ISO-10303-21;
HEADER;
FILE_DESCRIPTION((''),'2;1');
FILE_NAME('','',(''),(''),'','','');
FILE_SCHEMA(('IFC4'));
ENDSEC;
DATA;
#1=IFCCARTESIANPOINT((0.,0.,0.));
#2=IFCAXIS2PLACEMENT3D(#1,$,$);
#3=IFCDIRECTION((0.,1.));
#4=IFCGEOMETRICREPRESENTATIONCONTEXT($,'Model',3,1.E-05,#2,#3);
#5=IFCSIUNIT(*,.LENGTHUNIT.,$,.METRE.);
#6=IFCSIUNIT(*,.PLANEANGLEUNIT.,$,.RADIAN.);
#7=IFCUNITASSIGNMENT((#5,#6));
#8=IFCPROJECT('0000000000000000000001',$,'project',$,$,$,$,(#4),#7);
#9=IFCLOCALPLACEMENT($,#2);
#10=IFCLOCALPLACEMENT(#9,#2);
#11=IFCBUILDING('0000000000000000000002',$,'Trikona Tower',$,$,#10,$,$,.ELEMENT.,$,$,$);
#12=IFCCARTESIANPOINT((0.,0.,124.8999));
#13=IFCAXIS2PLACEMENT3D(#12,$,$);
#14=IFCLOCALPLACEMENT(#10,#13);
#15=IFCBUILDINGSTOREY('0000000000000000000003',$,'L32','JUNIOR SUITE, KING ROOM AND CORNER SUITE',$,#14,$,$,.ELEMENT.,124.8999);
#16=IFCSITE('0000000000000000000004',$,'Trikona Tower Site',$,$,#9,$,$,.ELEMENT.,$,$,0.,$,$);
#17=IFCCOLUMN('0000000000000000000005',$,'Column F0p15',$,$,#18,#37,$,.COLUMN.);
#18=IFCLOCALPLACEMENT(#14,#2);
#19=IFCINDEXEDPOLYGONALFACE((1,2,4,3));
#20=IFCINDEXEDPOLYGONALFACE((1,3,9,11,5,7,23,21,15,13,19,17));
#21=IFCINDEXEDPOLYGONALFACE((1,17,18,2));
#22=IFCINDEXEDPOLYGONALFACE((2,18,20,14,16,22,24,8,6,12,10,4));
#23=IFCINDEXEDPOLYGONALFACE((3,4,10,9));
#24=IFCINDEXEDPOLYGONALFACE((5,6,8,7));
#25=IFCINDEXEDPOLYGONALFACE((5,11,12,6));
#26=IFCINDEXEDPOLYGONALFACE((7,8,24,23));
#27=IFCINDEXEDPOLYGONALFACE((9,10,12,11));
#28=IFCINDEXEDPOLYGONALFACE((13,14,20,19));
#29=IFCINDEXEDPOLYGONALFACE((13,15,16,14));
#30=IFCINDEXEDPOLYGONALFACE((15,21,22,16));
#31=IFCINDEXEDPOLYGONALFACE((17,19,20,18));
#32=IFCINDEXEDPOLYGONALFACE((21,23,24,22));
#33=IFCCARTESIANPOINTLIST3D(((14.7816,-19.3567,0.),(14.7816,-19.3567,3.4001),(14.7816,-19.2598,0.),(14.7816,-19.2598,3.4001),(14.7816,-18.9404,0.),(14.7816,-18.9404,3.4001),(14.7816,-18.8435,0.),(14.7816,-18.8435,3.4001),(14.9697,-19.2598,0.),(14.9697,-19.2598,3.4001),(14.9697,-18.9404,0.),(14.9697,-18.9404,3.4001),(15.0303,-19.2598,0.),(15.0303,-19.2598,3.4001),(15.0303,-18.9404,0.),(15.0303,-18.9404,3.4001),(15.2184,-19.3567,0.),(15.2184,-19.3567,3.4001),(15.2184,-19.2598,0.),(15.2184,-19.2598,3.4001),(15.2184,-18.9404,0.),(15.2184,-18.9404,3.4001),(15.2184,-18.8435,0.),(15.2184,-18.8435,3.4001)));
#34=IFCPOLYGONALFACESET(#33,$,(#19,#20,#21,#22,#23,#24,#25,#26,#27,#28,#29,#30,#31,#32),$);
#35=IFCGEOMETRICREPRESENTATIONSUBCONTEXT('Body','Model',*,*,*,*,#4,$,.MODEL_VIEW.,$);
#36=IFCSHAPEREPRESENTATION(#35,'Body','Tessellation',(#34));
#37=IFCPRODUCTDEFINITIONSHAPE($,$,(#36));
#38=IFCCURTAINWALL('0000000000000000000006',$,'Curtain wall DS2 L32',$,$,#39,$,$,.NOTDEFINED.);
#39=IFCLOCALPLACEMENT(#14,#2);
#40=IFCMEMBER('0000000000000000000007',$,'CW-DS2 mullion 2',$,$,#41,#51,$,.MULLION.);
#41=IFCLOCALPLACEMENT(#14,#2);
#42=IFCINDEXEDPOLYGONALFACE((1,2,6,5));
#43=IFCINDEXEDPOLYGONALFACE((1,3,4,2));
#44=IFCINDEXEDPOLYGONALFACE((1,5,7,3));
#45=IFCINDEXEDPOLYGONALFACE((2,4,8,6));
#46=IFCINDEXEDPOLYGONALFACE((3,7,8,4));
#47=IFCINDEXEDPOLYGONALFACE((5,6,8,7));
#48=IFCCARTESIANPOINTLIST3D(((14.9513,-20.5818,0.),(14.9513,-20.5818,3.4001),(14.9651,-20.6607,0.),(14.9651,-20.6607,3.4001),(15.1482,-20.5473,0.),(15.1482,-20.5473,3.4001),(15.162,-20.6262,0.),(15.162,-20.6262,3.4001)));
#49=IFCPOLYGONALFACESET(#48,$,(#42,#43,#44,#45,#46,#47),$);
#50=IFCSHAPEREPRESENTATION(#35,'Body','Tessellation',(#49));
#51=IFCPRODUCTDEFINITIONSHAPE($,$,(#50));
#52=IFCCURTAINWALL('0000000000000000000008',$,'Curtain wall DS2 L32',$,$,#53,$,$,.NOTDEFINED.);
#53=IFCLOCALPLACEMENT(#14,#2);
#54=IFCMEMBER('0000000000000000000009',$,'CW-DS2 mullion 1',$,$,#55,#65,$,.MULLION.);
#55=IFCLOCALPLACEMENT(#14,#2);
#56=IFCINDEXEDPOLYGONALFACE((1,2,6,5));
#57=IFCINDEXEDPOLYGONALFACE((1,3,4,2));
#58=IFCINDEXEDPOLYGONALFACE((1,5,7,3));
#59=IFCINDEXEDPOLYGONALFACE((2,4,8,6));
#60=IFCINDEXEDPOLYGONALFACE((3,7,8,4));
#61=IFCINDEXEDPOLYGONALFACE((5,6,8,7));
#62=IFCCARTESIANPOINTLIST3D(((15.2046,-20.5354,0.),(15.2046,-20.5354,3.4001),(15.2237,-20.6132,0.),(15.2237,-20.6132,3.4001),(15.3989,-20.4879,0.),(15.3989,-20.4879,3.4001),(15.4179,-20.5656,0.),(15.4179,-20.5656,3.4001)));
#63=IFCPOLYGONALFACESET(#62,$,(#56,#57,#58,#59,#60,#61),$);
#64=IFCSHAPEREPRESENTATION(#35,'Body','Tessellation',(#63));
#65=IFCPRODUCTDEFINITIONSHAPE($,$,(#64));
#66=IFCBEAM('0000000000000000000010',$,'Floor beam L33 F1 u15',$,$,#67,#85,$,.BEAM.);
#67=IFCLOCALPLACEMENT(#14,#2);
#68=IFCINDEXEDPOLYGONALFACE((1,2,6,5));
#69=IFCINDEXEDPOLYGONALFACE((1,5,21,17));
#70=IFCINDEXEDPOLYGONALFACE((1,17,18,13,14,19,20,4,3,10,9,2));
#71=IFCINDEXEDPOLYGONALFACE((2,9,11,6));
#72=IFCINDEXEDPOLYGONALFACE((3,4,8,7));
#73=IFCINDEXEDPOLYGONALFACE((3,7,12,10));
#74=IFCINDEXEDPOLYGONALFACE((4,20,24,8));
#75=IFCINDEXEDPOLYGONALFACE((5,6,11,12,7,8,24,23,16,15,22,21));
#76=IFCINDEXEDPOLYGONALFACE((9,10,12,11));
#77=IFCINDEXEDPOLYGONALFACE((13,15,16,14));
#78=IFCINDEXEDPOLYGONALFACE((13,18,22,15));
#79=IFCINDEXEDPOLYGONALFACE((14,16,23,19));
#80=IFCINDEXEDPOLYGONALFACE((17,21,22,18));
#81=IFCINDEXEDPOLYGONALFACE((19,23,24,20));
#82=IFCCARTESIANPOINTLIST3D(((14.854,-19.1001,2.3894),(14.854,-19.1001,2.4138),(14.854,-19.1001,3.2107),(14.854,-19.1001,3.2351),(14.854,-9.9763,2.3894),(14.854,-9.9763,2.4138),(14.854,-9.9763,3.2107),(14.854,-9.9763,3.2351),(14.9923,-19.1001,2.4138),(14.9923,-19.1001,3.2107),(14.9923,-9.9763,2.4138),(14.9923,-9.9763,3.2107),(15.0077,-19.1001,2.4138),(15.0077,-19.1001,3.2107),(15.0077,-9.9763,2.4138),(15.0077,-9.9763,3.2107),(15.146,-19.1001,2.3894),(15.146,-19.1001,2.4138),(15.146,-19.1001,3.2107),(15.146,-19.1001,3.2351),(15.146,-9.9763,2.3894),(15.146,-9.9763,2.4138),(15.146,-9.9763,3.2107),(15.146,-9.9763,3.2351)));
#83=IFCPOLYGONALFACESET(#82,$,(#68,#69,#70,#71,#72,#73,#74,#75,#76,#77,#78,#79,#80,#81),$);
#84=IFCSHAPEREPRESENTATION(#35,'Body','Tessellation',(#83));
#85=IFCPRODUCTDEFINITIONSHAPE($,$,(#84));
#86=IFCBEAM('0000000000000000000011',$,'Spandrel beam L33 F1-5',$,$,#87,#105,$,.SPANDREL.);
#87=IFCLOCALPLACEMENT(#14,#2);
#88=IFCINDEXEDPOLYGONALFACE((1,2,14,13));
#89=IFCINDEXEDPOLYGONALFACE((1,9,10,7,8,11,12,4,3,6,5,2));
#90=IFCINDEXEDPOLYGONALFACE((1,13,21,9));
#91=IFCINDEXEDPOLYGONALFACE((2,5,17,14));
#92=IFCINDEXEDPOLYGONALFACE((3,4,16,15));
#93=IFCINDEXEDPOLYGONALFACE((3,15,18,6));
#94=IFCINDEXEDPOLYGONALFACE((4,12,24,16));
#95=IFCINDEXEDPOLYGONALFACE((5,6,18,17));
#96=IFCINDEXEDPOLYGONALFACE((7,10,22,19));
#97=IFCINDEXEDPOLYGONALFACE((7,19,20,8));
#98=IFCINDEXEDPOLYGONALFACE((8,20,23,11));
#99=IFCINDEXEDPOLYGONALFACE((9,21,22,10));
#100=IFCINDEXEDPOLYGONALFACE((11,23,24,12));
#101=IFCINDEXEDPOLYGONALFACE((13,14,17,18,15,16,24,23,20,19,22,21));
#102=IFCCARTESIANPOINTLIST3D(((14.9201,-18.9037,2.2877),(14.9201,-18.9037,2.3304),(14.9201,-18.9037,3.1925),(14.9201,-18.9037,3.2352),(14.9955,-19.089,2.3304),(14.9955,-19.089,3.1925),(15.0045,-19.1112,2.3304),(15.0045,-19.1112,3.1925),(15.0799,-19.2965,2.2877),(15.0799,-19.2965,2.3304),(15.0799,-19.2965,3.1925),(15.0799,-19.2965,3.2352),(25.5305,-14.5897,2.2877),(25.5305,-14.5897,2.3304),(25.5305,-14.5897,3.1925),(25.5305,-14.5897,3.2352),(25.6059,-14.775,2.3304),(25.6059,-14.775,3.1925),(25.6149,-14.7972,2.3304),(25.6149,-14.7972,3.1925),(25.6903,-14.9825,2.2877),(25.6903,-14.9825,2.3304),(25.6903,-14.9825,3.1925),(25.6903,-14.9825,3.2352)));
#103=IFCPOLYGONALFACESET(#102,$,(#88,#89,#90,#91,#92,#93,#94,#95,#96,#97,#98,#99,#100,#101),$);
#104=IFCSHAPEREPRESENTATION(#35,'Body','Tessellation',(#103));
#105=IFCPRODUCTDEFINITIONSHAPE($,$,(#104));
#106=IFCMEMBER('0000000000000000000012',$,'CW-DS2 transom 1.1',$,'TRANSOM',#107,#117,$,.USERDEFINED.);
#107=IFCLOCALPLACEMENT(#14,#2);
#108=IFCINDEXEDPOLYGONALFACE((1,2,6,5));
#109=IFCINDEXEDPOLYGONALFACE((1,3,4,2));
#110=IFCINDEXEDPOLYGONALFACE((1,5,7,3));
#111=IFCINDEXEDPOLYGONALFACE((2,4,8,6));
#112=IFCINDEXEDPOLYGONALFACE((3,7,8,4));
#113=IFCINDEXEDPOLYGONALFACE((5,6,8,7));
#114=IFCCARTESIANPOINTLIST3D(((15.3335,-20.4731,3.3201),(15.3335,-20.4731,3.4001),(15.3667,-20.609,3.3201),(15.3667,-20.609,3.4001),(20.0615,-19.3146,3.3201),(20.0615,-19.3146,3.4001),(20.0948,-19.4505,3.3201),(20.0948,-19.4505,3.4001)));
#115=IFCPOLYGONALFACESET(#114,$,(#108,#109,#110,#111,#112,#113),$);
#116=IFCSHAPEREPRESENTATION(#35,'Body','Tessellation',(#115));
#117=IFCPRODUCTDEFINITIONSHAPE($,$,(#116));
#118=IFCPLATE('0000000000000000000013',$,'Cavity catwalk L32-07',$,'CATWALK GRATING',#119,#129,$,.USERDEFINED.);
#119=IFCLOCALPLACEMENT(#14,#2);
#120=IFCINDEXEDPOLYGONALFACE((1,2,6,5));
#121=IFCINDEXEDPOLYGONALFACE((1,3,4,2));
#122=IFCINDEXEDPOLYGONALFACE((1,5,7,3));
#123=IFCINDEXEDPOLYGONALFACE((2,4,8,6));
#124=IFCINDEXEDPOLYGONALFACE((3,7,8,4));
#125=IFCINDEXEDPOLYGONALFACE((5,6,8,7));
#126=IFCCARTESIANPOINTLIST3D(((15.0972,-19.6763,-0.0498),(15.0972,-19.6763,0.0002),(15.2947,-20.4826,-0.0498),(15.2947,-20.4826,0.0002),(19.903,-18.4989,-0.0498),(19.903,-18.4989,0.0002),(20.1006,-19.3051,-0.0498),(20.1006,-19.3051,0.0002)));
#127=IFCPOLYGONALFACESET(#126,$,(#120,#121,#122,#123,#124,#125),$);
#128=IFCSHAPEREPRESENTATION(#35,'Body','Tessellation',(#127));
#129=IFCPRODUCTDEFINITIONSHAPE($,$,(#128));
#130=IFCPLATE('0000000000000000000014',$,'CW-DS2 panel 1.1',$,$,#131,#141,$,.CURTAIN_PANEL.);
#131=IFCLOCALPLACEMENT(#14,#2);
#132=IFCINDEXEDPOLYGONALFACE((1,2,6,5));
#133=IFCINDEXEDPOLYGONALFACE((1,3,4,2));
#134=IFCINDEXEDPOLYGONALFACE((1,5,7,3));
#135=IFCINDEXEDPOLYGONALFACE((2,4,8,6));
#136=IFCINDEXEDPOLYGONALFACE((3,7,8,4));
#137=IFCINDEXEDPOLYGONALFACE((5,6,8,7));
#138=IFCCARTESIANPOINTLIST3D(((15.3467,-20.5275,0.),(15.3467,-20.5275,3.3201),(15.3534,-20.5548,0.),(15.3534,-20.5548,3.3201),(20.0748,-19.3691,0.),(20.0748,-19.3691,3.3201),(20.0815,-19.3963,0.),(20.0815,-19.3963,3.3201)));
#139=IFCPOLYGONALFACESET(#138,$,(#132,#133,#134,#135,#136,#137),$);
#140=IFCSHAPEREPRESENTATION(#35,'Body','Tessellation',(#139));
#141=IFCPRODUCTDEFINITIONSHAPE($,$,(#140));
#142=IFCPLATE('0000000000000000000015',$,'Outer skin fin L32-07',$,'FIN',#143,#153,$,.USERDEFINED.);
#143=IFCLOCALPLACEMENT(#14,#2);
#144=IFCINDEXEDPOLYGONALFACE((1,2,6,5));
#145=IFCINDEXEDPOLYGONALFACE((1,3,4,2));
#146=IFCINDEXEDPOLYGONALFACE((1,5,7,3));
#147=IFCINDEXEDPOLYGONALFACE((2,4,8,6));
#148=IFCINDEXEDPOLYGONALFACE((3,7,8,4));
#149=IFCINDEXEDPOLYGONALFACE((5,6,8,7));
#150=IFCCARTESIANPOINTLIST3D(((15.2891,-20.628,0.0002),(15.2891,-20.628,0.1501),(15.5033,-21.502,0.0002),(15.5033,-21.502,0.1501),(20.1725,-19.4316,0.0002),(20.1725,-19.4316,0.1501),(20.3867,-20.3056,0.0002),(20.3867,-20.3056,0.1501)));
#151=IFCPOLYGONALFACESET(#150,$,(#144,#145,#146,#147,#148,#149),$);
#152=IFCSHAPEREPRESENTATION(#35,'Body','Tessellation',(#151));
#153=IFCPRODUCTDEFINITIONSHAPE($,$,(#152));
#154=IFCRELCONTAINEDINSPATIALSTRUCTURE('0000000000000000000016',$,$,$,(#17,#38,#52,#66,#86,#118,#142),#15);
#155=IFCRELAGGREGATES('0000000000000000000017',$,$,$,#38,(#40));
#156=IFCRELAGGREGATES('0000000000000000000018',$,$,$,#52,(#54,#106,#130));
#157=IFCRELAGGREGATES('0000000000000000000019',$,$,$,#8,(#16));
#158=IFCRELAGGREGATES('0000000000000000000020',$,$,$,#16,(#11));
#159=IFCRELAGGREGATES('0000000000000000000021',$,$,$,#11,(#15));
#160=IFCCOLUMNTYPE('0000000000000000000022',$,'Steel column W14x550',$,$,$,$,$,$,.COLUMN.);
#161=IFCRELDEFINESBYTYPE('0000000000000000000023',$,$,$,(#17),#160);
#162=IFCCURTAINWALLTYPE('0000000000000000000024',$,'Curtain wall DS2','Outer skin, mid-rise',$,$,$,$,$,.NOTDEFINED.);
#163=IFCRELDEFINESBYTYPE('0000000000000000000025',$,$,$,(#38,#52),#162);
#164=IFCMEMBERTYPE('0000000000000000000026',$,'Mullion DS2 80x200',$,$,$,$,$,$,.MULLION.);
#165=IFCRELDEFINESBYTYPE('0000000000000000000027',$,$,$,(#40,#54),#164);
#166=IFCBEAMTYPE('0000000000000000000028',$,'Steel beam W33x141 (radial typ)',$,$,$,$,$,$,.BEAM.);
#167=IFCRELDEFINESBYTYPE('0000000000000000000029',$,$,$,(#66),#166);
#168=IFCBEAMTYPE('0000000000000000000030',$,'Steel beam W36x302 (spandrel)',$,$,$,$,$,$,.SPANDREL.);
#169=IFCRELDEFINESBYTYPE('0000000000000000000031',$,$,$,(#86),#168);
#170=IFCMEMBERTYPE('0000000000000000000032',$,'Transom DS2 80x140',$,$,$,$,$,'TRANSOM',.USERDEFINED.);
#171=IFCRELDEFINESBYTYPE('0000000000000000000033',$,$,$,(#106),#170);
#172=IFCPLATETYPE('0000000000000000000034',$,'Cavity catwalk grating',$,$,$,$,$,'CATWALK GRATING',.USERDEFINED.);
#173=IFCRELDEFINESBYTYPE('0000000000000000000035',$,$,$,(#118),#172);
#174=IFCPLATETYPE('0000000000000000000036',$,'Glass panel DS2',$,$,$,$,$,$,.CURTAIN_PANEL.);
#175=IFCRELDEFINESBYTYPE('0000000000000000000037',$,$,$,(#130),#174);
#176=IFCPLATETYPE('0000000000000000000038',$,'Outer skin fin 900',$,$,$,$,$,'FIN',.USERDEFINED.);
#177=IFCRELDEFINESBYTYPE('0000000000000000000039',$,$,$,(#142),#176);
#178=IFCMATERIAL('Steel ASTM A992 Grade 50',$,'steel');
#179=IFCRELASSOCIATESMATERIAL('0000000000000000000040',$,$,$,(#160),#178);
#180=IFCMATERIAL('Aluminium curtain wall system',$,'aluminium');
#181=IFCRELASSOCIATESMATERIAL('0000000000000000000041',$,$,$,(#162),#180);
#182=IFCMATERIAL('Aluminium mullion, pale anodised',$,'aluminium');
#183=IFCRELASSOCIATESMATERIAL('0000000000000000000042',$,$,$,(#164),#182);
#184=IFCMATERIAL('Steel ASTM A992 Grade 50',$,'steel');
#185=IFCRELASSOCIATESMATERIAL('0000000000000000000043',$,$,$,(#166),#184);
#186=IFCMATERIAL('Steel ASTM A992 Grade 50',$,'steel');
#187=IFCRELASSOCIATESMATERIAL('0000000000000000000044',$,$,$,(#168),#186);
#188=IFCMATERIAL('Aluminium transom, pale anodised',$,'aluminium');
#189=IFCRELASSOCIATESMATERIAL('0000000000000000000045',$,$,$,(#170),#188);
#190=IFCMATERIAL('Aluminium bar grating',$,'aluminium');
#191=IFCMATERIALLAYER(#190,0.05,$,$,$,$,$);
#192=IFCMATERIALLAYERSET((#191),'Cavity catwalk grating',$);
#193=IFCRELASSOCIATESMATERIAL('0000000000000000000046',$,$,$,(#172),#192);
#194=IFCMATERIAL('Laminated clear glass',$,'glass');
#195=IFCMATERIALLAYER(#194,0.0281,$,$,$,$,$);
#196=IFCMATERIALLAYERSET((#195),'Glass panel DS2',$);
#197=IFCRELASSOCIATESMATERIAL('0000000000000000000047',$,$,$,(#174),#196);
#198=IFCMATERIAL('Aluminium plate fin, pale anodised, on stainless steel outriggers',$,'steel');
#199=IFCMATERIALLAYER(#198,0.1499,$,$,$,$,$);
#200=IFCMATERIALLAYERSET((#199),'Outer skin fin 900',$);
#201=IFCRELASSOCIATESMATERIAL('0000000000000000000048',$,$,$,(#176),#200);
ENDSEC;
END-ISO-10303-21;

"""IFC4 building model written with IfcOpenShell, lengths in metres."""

from ifc_helpers import new_model, si_unit, direction, frame, origin, origin_2d, place, context, subcontext, project, spatial, rectangle, i_section, extrude, material, layer, layer_set, material_profile, profile_set, type_object, element, aggregate, save


model = new_model("IFC4")

# Units and contexts
model_context = context("Model", 3, precision=1e-05, world=origin(), true_north=direction((0.0, 1.0)))
body_context = subcontext(model_context, "Body", "Model", "MODEL_VIEW")
ifc_project = project(units=[si_unit("LENGTHUNIT", "METRE"), si_unit("PLANEANGLEUNIT", "RADIAN")], contexts=[model_context])

# Site, building, storey
site_placement = place(None, origin())
site = spatial("IfcSite", under=ifc_project, at=site_placement, Name="Trikona Tower Site", CompositionType="ELEMENT", RefElevation=0.0)
building_placement = place(site_placement, origin())
building = spatial("IfcBuilding", under=site, at=building_placement, Name="Trikona Tower", CompositionType="ELEMENT")
storey_placement = place(building_placement, frame((0.0, 0.0, 124.8999)))
storey = spatial("IfcBuildingStorey", under=building, at=storey_placement, Name="L32", Description="JUNIOR SUITE, KING ROOM AND CORNER SUITE", CompositionType="ELEMENT", Elevation=124.8999)

# Column
ifc_material_1 = material(Name="Steel ASTM A992 Grade 50", Category="steel")
ifc_material_profile_1 = material_profile(ifc_material_1, i_section(OverallWidth=0.4368, OverallDepth=0.5132, WebThickness=0.0605, FlangeThickness=0.0969, at=origin_2d()), Name="W14X550")
ifc_profile_set_1 = profile_set([ifc_material_profile_1], Name="Steel ASTM A992 Grade 50")
column_type = type_object("IfcColumnType", Name="Steel column W14x550", PredefinedType="COLUMN", material=ifc_profile_set_1)
column_placement = place(storey_placement, frame((15.0, -19.1001, 0.0), z_axis=(0.0, 0.0, 1.0), x_axis=(1.0, 0.0, 0.0)))
element("IfcColumn", 1, at=column_placement, inside=storey, type_object=column_type, Name="Column F0p15", PredefinedType="COLUMN", context=body_context, shape_type="SweptSolid", body=[
    extrude(i_section(OverallWidth=0.4368, OverallDepth=0.5132, WebThickness=0.0605, FlangeThickness=0.0969, at=origin_2d()), origin(), (0.0, 0.0, 1.0), 3.4001),
])

# Curtain walls, members
ifc_material_2 = material(Name="Aluminium curtain wall system", Category="aluminium")
curtain_wall_type = type_object("IfcCurtainWallType", Name="Curtain wall DS2", Description="Outer skin, mid-rise", PredefinedType="NOTDEFINED", material=ifc_material_2)
curtain_wall_1_placement = place(storey_placement, origin())
curtain_wall_1 = element("IfcCurtainWall", 2, at=curtain_wall_1_placement, inside=storey, type_object=curtain_wall_type, Name="Curtain wall DS2 L32", PredefinedType="NOTDEFINED")
ifc_material_3 = material(Name="Aluminium mullion, pale anodised", Category="aluminium")
ifc_material_profile_2 = material_profile(ifc_material_3, rectangle(XDim=0.0801, YDim=0.2, at=origin_2d()), Name="MUL-DS2")
ifc_profile_set_2 = profile_set([ifc_material_profile_2], Name="Aluminium mullion, pale anodised")
member_type_1 = type_object("IfcMemberType", Name="Mullion DS2 80x200", PredefinedType="MULLION", material=ifc_profile_set_2)
member_1_placement = place(storey_placement, frame((15.0566, -20.604, 0.0), z_axis=(0.0, 0.0, 1.0), x_axis=(-0.172377, 0.985031, 0.0)))
member_1 = element("IfcMember", 3, at=member_1_placement, type_object=member_type_1, Name="CW-DS2 mullion 2", PredefinedType="MULLION", context=body_context, shape_type="SweptSolid", body=[
    extrude(rectangle(XDim=0.0801, YDim=0.2, at=origin_2d()), origin(), (0.0, 0.0, 1.0), 3.4001),
])
aggregate(curtain_wall_1, [member_1])
curtain_wall_2_placement = place(storey_placement, origin())
curtain_wall_2 = element("IfcCurtainWall", 4, at=curtain_wall_2_placement, inside=storey, type_object=curtain_wall_type, Name="Curtain wall DS2 L32", PredefinedType="NOTDEFINED")
member_2_placement = place(storey_placement, frame((15.3113, -20.5505, 0.0), z_axis=(0.0, 0.0, 1.0), x_axis=(-0.23797, 0.971272, 0.0)))
member_2 = element("IfcMember", 5, at=member_2_placement, type_object=member_type_1, Name="CW-DS2 mullion 1", PredefinedType="MULLION", context=body_context, shape_type="SweptSolid", body=[
    extrude(rectangle(XDim=0.0801, YDim=0.2, at=origin_2d()), origin(), (0.0, 0.0, 1.0), 3.4001),
])

# Beams
ifc_material_4 = material(Name="Steel ASTM A992 Grade 50", Category="steel")
ifc_material_profile_3 = material_profile(ifc_material_4, i_section(OverallWidth=0.292, OverallDepth=0.8457, WebThickness=0.0154, FlangeThickness=0.0244, at=origin_2d()), Name="W33X141")
ifc_profile_set_3 = profile_set([ifc_material_profile_3], Name="Steel ASTM A992 Grade 50")
beam_type_1 = type_object("IfcBeamType", Name="Steel beam W33x141 (radial typ)", PredefinedType="BEAM", material=ifc_profile_set_3)
beam_1_placement = place(storey_placement, frame((15.0, -9.9763, 2.8123), z_axis=(0.0, -1.0, 0.0), x_axis=(1.0, 0.0, 0.0)))
element("IfcBeam", 6, at=beam_1_placement, inside=storey, type_object=beam_type_1, Name="Floor beam L33 F1 u15", PredefinedType="BEAM", context=body_context, shape_type="SweptSolid", body=[
    extrude(i_section(OverallWidth=0.292, OverallDepth=0.8457, WebThickness=0.0154, FlangeThickness=0.0244, at=origin_2d()), origin(), (0.0, 0.0, 1.0), 9.1238),
])
ifc_material_5 = material(Name="Steel ASTM A992 Grade 50", Category="steel")
ifc_material_profile_4 = material_profile(ifc_material_5, i_section(OverallWidth=0.4241, OverallDepth=0.9475, WebThickness=0.0239, FlangeThickness=0.0427, at=origin_2d()), Name="W36X302")
ifc_profile_set_4 = profile_set([ifc_material_profile_4], Name="Steel ASTM A992 Grade 50")
beam_type_2 = type_object("IfcBeamType", Name="Steel beam W36x302 (spandrel)", PredefinedType="SPANDREL", material=ifc_profile_set_4)
beam_2_placement = place(storey_placement, frame((15.0, -19.1001, 2.7615), z_axis=(0.92636, 0.37664, 0.0), x_axis=(-0.37664, 0.92636, 0.0)))
element("IfcBeam", 7, at=beam_2_placement, inside=storey, type_object=beam_type_2, Name="Spandrel beam L33 F1-5", PredefinedType="SPANDREL", context=body_context, shape_type="SweptSolid", body=[
    extrude(i_section(OverallWidth=0.4241, OverallDepth=0.9475, WebThickness=0.0239, FlangeThickness=0.0427, at=origin_2d()), origin(), (0.0, 0.0, 1.0), 11.4539),
])

# Member
ifc_material_6 = material(Name="Aluminium transom, pale anodised", Category="aluminium")
ifc_material_profile_5 = material_profile(ifc_material_6, rectangle(XDim=0.1399, YDim=0.0801, at=origin_2d()), Name="TRN-DS2")
ifc_profile_set_5 = profile_set([ifc_material_profile_5], Name="Aluminium transom, pale anodised")
member_type_2 = type_object("IfcMemberType", Name="Transom DS2 80x140", ElementType="TRANSOM", PredefinedType="USERDEFINED", material=ifc_profile_set_5)
member_3_placement = place(storey_placement, frame((15.3501, -20.541, 3.3601), z_axis=(0.971271, 0.237978, 0.0), x_axis=(-0.237978, 0.971271, 0.0)))
member_3 = element("IfcMember", 8, at=member_3_placement, type_object=member_type_2, Name="CW-DS2 transom 1.1", ObjectType="TRANSOM", PredefinedType="USERDEFINED", context=body_context, shape_type="SweptSolid", body=[
    extrude(rectangle(XDim=0.1399, YDim=0.0801, at=origin_2d()), origin(), (0.0, 0.0, 1.0), 4.8679),
])

# Plates
ifc_material_7 = material(Name="Aluminium bar grating", Category="aluminium")
ifc_layer_1 = layer(ifc_material_7, 0.05)
ifc_layer_set_1 = layer_set([ifc_layer_1], Name="Cavity catwalk grating")
plate_type_1 = type_object("IfcPlateType", Name="Cavity catwalk grating", ElementType="CATWALK GRATING", PredefinedType="USERDEFINED", material=ifc_layer_set_1)
plate_1_placement = place(storey_placement, frame((17.5989, -19.4907, -0.0498), z_axis=(0.0, 0.0, 1.0), x_axis=(0.971274, 0.237962, 0.0)))
element("IfcPlate", 9, at=plate_1_placement, inside=storey, type_object=plate_type_1, Name="Cavity catwalk L32-07", ObjectType="CATWALK GRATING", PredefinedType="USERDEFINED", context=body_context, shape_type="SweptSolid", body=[
    extrude(rectangle(XDim=4.948, YDim=0.8301, at=origin_2d()), origin(), (0.0, 0.0, 1.0), 0.05),
])
ifc_material_8 = material(Name="Laminated clear glass", Category="glass")
ifc_layer_2 = layer(ifc_material_8, 0.0281)
ifc_layer_set_2 = layer_set([ifc_layer_2], Name="Glass panel DS2")
plate_type_2 = type_object("IfcPlateType", Name="Glass panel DS2", PredefinedType="CURTAIN_PANEL", material=ifc_layer_set_2)
plate_2_placement = place(storey_placement, frame((17.7141, -19.9619, 0.0), z_axis=(0.0, 0.0, 1.0), x_axis=(0.971272, 0.23797, 0.0)))
plate_2 = element("IfcPlate", 10, at=plate_2_placement, type_object=plate_type_2, Name="CW-DS2 panel 1.1", PredefinedType="CURTAIN_PANEL", context=body_context, shape_type="SweptSolid", body=[
    extrude(rectangle(XDim=4.8679, YDim=0.0281, at=origin_2d()), origin(), (0.0, 0.0, 1.0), 3.3201),
])
aggregate(curtain_wall_2, [member_2, member_3, plate_2])
ifc_material_9 = material(Name="Aluminium plate fin, pale anodised, on stainless steel outriggers", Category="steel")
ifc_layer_3 = layer(ifc_material_9, 0.1499)
ifc_layer_set_3 = layer_set([ifc_layer_3], Name="Outer skin fin 900")
plate_type_3 = type_object("IfcPlateType", Name="Outer skin fin 900", ElementType="FIN", PredefinedType="USERDEFINED", material=ifc_layer_set_3)
plate_3_placement = place(storey_placement, frame((17.8379, -20.4668, 0.0002), z_axis=(0.0, 0.0, 1.0), x_axis=(0.971274, 0.237962, 0.0)))
element("IfcPlate", 11, at=plate_3_placement, inside=storey, type_object=plate_type_3, Name="Outer skin fin L32-07", ObjectType="FIN", PredefinedType="USERDEFINED", context=body_context, shape_type="SweptSolid", body=[
    extrude(rectangle(XDim=5.0278, YDim=0.8999, at=origin_2d()), origin(), (0.0, 0.0, 1.0), 0.1499),
])

save(model, "model.ifc")
